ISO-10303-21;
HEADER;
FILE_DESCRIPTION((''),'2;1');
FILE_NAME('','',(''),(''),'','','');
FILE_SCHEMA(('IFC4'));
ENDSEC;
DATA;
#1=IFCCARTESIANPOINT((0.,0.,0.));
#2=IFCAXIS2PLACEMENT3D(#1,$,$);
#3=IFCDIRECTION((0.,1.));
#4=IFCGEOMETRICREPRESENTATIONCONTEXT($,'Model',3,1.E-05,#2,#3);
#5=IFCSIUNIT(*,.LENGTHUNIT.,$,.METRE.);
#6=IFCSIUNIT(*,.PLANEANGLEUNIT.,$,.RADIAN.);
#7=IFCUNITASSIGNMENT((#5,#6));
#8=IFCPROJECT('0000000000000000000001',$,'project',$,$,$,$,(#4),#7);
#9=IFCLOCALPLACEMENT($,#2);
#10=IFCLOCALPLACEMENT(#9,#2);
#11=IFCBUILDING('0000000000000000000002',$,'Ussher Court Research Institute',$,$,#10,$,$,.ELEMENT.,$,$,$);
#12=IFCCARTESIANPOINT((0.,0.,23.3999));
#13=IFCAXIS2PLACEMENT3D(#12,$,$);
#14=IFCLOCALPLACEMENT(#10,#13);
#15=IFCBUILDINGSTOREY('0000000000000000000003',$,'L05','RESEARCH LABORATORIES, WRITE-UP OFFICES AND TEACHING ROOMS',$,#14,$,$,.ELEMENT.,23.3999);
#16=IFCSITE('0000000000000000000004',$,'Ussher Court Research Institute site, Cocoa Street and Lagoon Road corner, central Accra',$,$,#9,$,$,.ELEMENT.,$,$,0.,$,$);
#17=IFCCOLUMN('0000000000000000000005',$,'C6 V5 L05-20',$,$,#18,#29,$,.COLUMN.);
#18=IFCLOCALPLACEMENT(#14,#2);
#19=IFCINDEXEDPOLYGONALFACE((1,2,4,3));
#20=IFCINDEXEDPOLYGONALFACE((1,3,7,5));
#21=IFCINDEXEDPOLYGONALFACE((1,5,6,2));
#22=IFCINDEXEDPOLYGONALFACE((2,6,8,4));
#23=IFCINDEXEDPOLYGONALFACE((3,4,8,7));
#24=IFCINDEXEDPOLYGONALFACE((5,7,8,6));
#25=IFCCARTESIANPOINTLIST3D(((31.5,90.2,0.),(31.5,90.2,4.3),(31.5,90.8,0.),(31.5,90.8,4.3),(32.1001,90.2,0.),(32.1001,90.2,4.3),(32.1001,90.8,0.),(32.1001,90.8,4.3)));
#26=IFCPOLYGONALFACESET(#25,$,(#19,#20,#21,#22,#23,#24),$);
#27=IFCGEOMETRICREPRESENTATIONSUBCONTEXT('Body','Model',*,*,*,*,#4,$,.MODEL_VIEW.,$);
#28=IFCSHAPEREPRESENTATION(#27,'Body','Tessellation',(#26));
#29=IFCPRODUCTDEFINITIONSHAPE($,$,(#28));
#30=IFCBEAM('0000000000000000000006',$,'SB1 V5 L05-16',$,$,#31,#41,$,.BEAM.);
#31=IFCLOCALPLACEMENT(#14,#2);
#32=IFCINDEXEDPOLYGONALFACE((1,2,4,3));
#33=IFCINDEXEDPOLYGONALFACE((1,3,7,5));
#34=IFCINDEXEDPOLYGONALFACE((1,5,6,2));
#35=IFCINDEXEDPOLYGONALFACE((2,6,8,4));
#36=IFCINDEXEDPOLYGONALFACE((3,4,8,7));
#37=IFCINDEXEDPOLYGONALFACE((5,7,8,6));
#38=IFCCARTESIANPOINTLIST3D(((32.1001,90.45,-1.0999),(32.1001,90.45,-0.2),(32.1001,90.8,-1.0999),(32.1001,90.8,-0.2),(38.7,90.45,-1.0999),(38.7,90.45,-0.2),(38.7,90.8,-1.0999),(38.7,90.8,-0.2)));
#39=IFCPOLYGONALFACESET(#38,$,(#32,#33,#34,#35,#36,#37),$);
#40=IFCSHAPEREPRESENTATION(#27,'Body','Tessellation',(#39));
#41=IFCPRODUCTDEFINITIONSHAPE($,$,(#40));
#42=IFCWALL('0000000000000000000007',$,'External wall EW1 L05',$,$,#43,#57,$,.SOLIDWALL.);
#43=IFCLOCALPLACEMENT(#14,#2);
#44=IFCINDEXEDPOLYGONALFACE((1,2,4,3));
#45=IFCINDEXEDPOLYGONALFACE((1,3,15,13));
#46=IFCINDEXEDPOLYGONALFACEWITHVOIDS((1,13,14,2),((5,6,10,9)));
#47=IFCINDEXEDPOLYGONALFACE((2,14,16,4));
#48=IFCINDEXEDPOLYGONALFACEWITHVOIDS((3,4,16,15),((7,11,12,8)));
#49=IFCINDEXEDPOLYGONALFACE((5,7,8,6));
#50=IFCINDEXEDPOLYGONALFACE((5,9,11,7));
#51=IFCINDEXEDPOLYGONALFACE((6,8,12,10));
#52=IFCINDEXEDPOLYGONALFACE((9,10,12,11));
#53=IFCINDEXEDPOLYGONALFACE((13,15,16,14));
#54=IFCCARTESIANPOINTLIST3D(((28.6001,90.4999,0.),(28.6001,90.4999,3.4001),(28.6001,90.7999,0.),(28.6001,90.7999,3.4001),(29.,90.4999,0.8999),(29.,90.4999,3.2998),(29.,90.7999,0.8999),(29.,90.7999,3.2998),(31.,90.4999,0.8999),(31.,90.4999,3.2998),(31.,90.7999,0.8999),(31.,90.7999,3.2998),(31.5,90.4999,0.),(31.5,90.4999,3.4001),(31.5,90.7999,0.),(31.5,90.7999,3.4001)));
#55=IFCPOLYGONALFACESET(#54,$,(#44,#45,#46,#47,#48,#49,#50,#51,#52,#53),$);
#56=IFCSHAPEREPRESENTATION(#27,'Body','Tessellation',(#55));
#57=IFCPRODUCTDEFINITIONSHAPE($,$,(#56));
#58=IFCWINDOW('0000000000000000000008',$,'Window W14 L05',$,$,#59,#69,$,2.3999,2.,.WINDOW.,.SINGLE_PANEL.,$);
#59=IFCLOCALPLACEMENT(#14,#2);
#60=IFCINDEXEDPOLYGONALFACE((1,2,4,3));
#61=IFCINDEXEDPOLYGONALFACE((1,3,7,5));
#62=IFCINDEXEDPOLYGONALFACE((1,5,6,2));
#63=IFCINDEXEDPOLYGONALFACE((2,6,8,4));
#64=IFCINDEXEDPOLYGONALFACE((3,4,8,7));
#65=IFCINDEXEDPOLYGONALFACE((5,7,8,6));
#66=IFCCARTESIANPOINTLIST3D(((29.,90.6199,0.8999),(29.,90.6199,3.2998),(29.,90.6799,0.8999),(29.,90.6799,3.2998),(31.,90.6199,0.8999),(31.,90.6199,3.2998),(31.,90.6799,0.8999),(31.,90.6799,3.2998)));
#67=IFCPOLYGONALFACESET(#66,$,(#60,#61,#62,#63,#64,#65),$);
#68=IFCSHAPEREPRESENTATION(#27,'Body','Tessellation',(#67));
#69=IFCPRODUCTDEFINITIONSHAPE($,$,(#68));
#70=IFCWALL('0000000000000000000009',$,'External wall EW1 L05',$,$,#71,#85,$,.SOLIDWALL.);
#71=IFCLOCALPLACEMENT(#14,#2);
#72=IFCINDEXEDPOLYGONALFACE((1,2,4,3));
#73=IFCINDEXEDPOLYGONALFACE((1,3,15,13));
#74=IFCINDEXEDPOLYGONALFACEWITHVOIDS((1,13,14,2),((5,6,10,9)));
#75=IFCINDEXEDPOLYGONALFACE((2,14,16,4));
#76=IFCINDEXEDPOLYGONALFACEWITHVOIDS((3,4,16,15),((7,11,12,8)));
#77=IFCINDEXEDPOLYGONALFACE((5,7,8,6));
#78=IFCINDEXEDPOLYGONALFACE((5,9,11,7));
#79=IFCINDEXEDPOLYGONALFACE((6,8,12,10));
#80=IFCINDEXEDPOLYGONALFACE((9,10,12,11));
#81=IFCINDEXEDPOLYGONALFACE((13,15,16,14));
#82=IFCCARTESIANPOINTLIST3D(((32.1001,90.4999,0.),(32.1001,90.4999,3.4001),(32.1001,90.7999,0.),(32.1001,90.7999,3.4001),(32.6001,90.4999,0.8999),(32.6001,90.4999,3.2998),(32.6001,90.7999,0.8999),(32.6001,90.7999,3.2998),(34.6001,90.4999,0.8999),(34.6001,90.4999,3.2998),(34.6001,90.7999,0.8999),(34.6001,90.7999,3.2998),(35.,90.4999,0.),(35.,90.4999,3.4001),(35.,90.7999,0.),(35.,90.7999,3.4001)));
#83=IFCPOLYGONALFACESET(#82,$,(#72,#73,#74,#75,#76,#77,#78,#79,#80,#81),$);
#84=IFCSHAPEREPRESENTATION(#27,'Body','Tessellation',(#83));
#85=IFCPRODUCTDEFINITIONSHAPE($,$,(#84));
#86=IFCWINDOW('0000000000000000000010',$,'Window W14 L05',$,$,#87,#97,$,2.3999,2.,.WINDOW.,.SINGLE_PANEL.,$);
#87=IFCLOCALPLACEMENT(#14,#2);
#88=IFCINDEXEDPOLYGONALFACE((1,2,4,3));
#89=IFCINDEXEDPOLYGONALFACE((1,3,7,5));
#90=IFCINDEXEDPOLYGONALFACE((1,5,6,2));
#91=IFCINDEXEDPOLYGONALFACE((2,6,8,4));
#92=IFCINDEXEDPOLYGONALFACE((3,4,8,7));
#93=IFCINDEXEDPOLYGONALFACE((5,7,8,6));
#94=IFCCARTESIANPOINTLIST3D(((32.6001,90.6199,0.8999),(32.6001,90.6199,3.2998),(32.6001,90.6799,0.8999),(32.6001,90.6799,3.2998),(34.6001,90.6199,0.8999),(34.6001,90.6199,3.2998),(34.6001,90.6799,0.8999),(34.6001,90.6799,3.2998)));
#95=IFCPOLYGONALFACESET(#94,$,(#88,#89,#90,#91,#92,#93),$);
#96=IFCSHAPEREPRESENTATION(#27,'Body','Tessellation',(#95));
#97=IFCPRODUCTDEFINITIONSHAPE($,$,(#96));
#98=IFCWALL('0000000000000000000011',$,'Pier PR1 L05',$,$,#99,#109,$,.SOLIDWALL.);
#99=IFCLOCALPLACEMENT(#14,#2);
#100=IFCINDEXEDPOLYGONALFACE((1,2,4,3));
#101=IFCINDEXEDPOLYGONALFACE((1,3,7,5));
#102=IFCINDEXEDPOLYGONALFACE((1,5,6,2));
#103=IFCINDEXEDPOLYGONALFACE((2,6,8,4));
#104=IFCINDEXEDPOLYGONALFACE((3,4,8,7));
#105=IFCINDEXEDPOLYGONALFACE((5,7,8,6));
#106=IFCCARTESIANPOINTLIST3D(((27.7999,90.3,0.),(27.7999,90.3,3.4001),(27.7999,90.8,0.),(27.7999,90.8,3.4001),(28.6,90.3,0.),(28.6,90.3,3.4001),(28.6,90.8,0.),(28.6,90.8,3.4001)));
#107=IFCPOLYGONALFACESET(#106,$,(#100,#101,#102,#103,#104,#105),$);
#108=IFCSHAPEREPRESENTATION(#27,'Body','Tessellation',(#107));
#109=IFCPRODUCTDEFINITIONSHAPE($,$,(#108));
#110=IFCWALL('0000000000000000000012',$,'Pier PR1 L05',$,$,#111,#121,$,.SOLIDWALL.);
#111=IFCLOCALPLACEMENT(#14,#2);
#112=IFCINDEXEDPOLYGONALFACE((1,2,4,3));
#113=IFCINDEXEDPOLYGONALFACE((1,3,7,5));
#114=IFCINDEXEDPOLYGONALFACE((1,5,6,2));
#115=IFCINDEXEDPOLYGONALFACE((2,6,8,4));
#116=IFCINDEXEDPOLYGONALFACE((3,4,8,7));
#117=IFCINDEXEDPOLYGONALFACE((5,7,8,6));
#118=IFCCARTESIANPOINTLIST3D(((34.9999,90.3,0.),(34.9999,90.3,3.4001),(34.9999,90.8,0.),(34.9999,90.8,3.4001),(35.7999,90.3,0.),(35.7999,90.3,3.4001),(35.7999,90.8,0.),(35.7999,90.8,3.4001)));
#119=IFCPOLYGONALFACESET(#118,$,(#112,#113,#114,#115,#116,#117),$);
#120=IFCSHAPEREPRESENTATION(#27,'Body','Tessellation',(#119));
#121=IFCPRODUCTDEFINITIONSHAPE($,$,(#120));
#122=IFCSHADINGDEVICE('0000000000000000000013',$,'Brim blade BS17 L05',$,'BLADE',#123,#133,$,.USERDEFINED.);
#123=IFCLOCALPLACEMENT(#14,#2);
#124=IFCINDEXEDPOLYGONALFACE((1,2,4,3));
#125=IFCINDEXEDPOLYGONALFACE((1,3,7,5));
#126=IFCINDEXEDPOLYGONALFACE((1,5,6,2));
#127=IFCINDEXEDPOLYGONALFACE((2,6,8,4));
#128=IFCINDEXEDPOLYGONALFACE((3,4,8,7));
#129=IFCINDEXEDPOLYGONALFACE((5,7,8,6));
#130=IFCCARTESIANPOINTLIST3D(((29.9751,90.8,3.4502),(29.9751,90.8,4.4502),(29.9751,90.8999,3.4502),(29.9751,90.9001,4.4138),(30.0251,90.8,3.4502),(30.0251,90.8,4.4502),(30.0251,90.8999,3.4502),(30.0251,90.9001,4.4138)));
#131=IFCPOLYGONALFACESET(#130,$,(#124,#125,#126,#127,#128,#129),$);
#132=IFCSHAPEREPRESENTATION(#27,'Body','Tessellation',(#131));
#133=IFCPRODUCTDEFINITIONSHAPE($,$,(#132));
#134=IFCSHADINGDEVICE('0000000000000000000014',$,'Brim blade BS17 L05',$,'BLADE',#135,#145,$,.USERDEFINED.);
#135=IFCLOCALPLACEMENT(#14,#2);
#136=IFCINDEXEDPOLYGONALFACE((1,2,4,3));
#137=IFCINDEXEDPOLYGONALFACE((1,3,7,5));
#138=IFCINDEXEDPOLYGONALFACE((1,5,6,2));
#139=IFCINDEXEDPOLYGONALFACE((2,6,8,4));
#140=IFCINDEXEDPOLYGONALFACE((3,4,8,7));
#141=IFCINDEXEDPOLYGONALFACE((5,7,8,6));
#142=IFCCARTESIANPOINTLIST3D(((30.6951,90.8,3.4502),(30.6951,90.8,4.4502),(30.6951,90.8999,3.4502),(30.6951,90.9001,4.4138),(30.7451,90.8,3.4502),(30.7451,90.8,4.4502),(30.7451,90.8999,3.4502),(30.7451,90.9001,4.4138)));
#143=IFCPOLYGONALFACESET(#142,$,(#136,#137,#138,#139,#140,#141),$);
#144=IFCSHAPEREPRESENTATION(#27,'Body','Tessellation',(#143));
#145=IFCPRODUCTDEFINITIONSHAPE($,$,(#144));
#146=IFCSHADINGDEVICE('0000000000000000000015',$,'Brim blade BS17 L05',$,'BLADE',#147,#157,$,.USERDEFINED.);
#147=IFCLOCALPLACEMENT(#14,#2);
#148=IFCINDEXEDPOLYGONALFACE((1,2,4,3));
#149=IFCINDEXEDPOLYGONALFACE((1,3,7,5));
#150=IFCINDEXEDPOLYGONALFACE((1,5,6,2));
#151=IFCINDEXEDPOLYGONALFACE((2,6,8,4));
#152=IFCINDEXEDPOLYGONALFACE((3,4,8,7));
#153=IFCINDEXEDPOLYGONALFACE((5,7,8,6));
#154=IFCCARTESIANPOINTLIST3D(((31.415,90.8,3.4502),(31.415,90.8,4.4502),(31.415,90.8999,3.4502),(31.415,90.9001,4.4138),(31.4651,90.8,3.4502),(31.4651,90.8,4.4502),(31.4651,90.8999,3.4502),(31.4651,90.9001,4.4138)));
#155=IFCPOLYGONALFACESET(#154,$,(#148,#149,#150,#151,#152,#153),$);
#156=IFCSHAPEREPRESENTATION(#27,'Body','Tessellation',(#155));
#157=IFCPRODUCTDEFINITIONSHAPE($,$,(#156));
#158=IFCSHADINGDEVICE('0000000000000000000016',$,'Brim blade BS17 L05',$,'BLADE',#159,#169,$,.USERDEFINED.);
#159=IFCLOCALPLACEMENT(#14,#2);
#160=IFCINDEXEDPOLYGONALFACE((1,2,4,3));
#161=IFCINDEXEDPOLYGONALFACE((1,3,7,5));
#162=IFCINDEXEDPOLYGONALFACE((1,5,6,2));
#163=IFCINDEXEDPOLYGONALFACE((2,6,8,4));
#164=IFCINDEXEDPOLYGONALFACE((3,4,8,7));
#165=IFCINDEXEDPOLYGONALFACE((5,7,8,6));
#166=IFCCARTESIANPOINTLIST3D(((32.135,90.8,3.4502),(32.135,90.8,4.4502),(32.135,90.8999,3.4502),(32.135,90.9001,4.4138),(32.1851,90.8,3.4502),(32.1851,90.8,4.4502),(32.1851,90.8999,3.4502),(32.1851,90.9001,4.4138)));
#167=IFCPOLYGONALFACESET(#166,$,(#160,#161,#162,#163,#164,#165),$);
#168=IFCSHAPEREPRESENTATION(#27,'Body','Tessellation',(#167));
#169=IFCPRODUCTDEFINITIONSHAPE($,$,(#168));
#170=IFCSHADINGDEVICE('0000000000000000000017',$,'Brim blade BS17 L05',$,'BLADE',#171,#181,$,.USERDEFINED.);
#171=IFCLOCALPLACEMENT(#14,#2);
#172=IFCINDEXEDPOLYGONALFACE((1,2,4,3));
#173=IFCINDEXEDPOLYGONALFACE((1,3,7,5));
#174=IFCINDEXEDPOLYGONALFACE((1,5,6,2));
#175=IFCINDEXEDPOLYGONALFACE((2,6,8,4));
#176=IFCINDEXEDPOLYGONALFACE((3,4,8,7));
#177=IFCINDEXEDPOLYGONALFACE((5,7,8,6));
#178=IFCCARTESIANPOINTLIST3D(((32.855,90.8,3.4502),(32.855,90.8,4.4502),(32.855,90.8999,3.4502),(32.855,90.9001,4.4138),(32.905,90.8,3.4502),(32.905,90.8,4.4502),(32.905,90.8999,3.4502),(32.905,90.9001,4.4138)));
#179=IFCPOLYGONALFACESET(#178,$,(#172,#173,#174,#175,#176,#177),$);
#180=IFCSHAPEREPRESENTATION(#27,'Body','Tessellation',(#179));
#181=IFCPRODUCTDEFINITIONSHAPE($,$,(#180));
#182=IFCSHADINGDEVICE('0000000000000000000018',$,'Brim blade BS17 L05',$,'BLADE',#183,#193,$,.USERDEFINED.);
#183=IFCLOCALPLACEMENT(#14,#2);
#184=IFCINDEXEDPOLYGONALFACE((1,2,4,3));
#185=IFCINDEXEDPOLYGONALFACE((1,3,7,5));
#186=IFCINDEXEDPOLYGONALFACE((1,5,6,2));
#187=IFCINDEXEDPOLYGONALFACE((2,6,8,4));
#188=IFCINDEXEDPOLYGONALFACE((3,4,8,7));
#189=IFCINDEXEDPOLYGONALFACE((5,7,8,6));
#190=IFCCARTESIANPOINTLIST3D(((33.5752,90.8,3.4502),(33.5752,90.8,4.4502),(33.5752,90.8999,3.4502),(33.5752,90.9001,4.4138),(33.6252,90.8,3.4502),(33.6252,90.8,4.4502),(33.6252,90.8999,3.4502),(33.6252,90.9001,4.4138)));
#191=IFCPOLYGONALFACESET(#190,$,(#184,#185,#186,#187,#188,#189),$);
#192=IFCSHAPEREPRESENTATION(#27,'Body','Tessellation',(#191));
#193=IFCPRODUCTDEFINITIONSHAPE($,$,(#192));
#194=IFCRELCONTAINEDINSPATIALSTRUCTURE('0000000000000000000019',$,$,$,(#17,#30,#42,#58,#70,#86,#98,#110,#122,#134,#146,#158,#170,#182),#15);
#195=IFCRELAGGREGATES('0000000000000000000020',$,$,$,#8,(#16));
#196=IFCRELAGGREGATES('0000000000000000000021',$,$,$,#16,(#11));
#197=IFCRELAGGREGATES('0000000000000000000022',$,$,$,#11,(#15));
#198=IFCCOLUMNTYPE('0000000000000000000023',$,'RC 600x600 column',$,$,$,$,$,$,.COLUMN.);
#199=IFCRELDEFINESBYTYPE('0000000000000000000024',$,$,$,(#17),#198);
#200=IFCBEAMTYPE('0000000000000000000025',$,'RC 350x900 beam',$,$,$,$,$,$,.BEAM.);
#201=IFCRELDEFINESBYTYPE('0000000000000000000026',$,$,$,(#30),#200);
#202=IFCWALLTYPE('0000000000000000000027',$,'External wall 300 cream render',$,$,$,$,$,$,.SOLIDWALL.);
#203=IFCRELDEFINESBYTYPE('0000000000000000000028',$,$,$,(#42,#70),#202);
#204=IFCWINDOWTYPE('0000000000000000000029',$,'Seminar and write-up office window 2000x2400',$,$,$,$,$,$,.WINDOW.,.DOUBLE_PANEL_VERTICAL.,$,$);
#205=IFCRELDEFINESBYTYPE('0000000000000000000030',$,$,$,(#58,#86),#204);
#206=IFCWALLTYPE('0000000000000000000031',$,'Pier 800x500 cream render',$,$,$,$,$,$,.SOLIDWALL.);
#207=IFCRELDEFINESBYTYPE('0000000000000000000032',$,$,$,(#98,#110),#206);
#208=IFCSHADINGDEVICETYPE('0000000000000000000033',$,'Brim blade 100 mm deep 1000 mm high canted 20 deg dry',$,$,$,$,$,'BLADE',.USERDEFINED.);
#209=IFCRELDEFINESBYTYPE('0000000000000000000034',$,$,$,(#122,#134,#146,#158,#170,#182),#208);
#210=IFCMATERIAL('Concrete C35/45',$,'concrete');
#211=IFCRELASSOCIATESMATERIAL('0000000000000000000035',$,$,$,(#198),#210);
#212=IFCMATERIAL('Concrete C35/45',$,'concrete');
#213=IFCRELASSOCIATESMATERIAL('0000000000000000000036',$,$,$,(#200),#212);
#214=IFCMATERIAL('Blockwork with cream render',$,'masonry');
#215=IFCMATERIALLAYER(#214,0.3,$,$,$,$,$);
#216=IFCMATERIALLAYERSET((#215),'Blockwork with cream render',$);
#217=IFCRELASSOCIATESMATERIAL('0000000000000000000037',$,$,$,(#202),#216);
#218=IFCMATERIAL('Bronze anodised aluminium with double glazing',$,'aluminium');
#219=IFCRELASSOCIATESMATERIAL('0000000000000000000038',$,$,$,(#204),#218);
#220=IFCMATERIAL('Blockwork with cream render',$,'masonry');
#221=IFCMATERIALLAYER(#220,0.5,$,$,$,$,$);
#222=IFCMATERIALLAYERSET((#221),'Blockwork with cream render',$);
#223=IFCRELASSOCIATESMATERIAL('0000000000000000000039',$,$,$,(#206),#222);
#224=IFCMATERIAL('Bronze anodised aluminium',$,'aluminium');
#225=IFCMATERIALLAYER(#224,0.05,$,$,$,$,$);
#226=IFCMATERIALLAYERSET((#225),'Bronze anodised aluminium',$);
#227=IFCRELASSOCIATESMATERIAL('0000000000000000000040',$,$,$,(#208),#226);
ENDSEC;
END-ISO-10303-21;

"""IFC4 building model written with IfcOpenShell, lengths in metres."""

from ifc_helpers import new_model, si_unit, direction, frame, frame_2d, origin, origin_2d, place, context, subcontext, project, spatial, polyline, rectangle, outline, extrude, material, layer, layer_set, material_profile, profile_set, type_object, element, fill, save


model = new_model("IFC4")

# Units and contexts
model_context = context("Model", 3, precision=1e-05, world=origin(), true_north=direction((0.0, 1.0)))
body_context = subcontext(model_context, "Body", "Model", "MODEL_VIEW")
ifc_project = project(units=[si_unit("LENGTHUNIT", "METRE"), si_unit("PLANEANGLEUNIT", "RADIAN")], contexts=[model_context])

# Site, building, storey
site_placement = place(None, origin())
site = spatial("IfcSite", under=ifc_project, at=site_placement, Name="Ussher Court Research Institute site, Cocoa Street and Lagoon Road corner, central Accra", CompositionType="ELEMENT", RefElevation=0.0)
building_placement = place(site_placement, origin())
building = spatial("IfcBuilding", under=site, at=building_placement, Name="Ussher Court Research Institute", CompositionType="ELEMENT")
storey_placement = place(building_placement, frame((0.0, 0.0, 23.3999)))
storey = spatial("IfcBuildingStorey", under=building, at=storey_placement, Name="L05", Description="RESEARCH LABORATORIES, WRITE-UP OFFICES AND TEACHING ROOMS", CompositionType="ELEMENT", Elevation=23.3999)

# Column
ifc_material_1 = material(Name="Concrete C35/45", Category="concrete")
ifc_material_profile_1 = material_profile(ifc_material_1, rectangle(XDim=0.6001, YDim=0.6001, at=origin_2d()), Name="RC 600x600")
ifc_profile_set_1 = profile_set([ifc_material_profile_1], Name="Concrete C35/45")
column_type = type_object("IfcColumnType", Name="RC 600x600 column", PredefinedType="COLUMN", material=ifc_profile_set_1)
column_placement = place(storey_placement, frame((31.8, 90.5, 0.0), z_axis=(0.0, 0.0, 1.0), x_axis=(1.0, 0.0, 0.0)))
element("IfcColumn", 1, at=column_placement, inside=storey, type_object=column_type, Name="C6 V5 L05-20", PredefinedType="COLUMN", context=body_context, shape_type="SweptSolid", body=[
    extrude(rectangle(XDim=0.6001, YDim=0.6001, at=origin_2d()), origin(), (0.0, 0.0, 1.0), 4.3),
])

# Beam
ifc_material_2 = material(Name="Concrete C35/45", Category="concrete")
ifc_material_profile_2 = material_profile(ifc_material_2, rectangle(XDim=0.3501, YDim=0.8999, at=origin_2d()), Name="RC 350x900")
ifc_profile_set_2 = profile_set([ifc_material_profile_2], Name="Concrete C35/45")
beam_type = type_object("IfcBeamType", Name="RC 350x900 beam", PredefinedType="BEAM", material=ifc_profile_set_2)
beam_placement = place(storey_placement, frame((32.1001, 90.625, -0.6499), z_axis=(1.0, 0.0, 0.0), x_axis=(0.0, 1.0, 0.0)))
element("IfcBeam", 2, at=beam_placement, inside=storey, type_object=beam_type, Name="SB1 V5 L05-16", PredefinedType="BEAM", context=body_context, shape_type="SweptSolid", body=[
    extrude(rectangle(XDim=0.3501, YDim=0.8999, at=origin_2d()), origin(), (0.0, 0.0, 1.0), 6.5999),
])

# Walls, openings, windows
ifc_material_3 = material(Name="Blockwork with cream render", Category="masonry")
ifc_layer_1 = layer(ifc_material_3, 0.3)
ifc_layer_set_1 = layer_set([ifc_layer_1], Name="Blockwork with cream render")
wall_type_1 = type_object("IfcWallType", Name="External wall 300 cream render", PredefinedType="SOLIDWALL", material=ifc_layer_set_1)
wall_1_placement = place(storey_placement, frame((28.6001, 90.6499, 0.0), z_axis=(0.0, 0.0, 1.0), x_axis=(1.0, 0.0, 0.0)))
wall_1 = element("IfcWall", 3, at=wall_1_placement, inside=storey, type_object=wall_type_1, Name="External wall EW1 L05", PredefinedType="SOLIDWALL", context=body_context, shape_type="SweptSolid", body=[
    extrude(rectangle(XDim=2.8999, YDim=0.3, at=frame_2d((1.45, 0.0))), origin(), (0.0, 0.0, 1.0), 3.4001),
])
opening_1_placement = place(wall_1_placement, frame((0.3999, 0.0, 0.8999)))
opening_1 = element("IfcOpeningElement", 4, at=opening_1_placement, cuts=wall_1, PredefinedType="OPENING", context=body_context, shape_type="SweptSolid", body=[
    extrude(rectangle(XDim=2.0, YDim=2.3999, at=frame_2d((1.0, 1.2))), frame((0.0, 0.1602, 0.0), z_axis=(0.0, -1.0, 0.0), x_axis=(1.0, 0.0, 0.0)), (0.0, 0.0, 1.0), 0.3201),
])
ifc_material_4 = material(Name="Bronze anodised aluminium with double glazing", Category="aluminium")
window_type = type_object("IfcWindowType", Name="Seminar and write-up office window 2000x2400", PartitioningType="DOUBLE_PANEL_VERTICAL", PredefinedType="WINDOW", material=ifc_material_4)
window_1_placement = place(opening_1_placement, origin())
window_1 = element("IfcWindow", 5, at=window_1_placement, inside=storey, type_object=window_type, Name="Window W14 L05", OverallHeight=2.3999, OverallWidth=2.0, PartitioningType="SINGLE_PANEL", PredefinedType="WINDOW", context=body_context, shape_type="SweptSolid", body=[
    extrude(rectangle(XDim=2.0, YDim=2.3999, at=frame_2d((1.0, 1.2))), frame((0.0, 0.03, 0.0), z_axis=(0.0, -1.0, 0.0), x_axis=(1.0, 0.0, 0.0)), (0.0, 0.0, 1.0), 0.0601),
])
fill(opening_1, window_1)
wall_2_placement = place(storey_placement, frame((32.1001, 90.6499, 0.0), z_axis=(0.0, 0.0, 1.0), x_axis=(1.0, 0.0, 0.0)))
wall_2 = element("IfcWall", 6, at=wall_2_placement, inside=storey, type_object=wall_type_1, Name="External wall EW1 L05", PredefinedType="SOLIDWALL", context=body_context, shape_type="SweptSolid", body=[
    extrude(rectangle(XDim=2.8999, YDim=0.3, at=frame_2d((1.45, 0.0))), origin(), (0.0, 0.0, 1.0), 3.4001),
])
opening_2_placement = place(wall_2_placement, frame((0.5, 0.0, 0.8999)))
opening_2 = element("IfcOpeningElement", 7, at=opening_2_placement, cuts=wall_2, PredefinedType="OPENING", context=body_context, shape_type="SweptSolid", body=[
    extrude(rectangle(XDim=2.0, YDim=2.3999, at=frame_2d((1.0, 1.2))), frame((0.0, 0.1602, 0.0), z_axis=(0.0, -1.0, 0.0), x_axis=(1.0, 0.0, 0.0)), (0.0, 0.0, 1.0), 0.3201),
])
window_2_placement = place(opening_2_placement, origin())
window_2 = element("IfcWindow", 8, at=window_2_placement, inside=storey, type_object=window_type, Name="Window W14 L05", OverallHeight=2.3999, OverallWidth=2.0, PartitioningType="SINGLE_PANEL", PredefinedType="WINDOW", context=body_context, shape_type="SweptSolid", body=[
    extrude(rectangle(XDim=2.0, YDim=2.3999, at=frame_2d((1.0, 1.2))), frame((0.0, 0.03, 0.0), z_axis=(0.0, -1.0, 0.0), x_axis=(1.0, 0.0, 0.0)), (0.0, 0.0, 1.0), 0.0601),
])
fill(opening_2, window_2)

# Walls
ifc_material_5 = material(Name="Blockwork with cream render", Category="masonry")
ifc_layer_2 = layer(ifc_material_5, 0.5)
ifc_layer_set_2 = layer_set([ifc_layer_2], Name="Blockwork with cream render")
wall_type_2 = type_object("IfcWallType", Name="Pier 800x500 cream render", PredefinedType="SOLIDWALL", material=ifc_layer_set_2)
for number, where, z_axis, x_axis, name in (
    (9, (27.8, 90.55, 0.0), (0.0, 0.0, 1.0), (1.0, 0.0, 0.0), "Pier PR1 L05"),
    (10, (35.0, 90.55, 0.0), (0.0, 0.0, 1.0), (1.0, 0.0, 0.0), "Pier PR1 L05"),
):
    element("IfcWall", number, at=place(storey_placement, frame(where, z_axis=z_axis, x_axis=x_axis)), inside=storey, type_object=wall_type_2, Name=name, PredefinedType="SOLIDWALL", context=body_context, shape_type="SweptSolid", body=[
        extrude(rectangle(XDim=0.8, YDim=0.5, at=frame_2d((0.3999, 0.0))), origin(), (0.0, 0.0, 1.0), 3.4001),
    ])

# Shading devices
ifc_material_6 = material(Name="Bronze anodised aluminium", Category="aluminium")
ifc_layer_3 = layer(ifc_material_6, 0.05)
ifc_layer_set_3 = layer_set([ifc_layer_3], Name="Bronze anodised aluminium")
shading_device_type_1 = type_object("IfcShadingDeviceType", Name="Brim blade 100 mm deep 1000 mm high canted 20 deg dry", ElementType="BLADE", PredefinedType="USERDEFINED", material=ifc_layer_set_3)
for number, where, z_axis, x_axis, name in (
    (11, (30.0, 90.8, 3.4502), (0.0, 0.0, 1.0), (0.0, 1.0, 0.0), "Brim blade BS17 L05"),
    (12, (30.72, 90.8, 3.4502), (0.0, 0.0, 1.0), (0.0, 1.0, 0.0), "Brim blade BS17 L05"),
    (13, (31.4399, 90.8, 3.4502), (0.0, 0.0, 1.0), (0.0, 1.0, 0.0), "Brim blade BS17 L05"),
    (14, (32.1599, 90.8, 3.4502), (0.0, 0.0, 1.0), (0.0, 1.0, 0.0), "Brim blade BS17 L05"),
    (15, (32.8799, 90.8, 3.4502), (0.0, 0.0, 1.0), (0.0, 1.0, 0.0), "Brim blade BS17 L05"),
    (16, (33.6001, 90.8, 3.4502), (0.0, 0.0, 1.0), (0.0, 1.0, 0.0), "Brim blade BS17 L05"),
):
    element("IfcShadingDevice", number, at=place(storey_placement, frame(where, z_axis=z_axis, x_axis=x_axis)), inside=storey, type_object=shading_device_type_1, Name=name, ObjectType="BLADE", PredefinedType="USERDEFINED", context=body_context, shape_type="SweptSolid", body=[
        extrude(outline(polyline([(0.0, 0.0), (0.0999, 0.0), (0.1001, 0.9636), (0.0, 1.0), (0.0, 0.0)])), frame((0.0, 0.0249, 0.0), z_axis=(0.0, -1.0, 0.0), x_axis=(1.0, 0.0, 0.0)), (0.0, 0.0, 1.0), 0.05),
    ])

save(model, "model.ifc")
